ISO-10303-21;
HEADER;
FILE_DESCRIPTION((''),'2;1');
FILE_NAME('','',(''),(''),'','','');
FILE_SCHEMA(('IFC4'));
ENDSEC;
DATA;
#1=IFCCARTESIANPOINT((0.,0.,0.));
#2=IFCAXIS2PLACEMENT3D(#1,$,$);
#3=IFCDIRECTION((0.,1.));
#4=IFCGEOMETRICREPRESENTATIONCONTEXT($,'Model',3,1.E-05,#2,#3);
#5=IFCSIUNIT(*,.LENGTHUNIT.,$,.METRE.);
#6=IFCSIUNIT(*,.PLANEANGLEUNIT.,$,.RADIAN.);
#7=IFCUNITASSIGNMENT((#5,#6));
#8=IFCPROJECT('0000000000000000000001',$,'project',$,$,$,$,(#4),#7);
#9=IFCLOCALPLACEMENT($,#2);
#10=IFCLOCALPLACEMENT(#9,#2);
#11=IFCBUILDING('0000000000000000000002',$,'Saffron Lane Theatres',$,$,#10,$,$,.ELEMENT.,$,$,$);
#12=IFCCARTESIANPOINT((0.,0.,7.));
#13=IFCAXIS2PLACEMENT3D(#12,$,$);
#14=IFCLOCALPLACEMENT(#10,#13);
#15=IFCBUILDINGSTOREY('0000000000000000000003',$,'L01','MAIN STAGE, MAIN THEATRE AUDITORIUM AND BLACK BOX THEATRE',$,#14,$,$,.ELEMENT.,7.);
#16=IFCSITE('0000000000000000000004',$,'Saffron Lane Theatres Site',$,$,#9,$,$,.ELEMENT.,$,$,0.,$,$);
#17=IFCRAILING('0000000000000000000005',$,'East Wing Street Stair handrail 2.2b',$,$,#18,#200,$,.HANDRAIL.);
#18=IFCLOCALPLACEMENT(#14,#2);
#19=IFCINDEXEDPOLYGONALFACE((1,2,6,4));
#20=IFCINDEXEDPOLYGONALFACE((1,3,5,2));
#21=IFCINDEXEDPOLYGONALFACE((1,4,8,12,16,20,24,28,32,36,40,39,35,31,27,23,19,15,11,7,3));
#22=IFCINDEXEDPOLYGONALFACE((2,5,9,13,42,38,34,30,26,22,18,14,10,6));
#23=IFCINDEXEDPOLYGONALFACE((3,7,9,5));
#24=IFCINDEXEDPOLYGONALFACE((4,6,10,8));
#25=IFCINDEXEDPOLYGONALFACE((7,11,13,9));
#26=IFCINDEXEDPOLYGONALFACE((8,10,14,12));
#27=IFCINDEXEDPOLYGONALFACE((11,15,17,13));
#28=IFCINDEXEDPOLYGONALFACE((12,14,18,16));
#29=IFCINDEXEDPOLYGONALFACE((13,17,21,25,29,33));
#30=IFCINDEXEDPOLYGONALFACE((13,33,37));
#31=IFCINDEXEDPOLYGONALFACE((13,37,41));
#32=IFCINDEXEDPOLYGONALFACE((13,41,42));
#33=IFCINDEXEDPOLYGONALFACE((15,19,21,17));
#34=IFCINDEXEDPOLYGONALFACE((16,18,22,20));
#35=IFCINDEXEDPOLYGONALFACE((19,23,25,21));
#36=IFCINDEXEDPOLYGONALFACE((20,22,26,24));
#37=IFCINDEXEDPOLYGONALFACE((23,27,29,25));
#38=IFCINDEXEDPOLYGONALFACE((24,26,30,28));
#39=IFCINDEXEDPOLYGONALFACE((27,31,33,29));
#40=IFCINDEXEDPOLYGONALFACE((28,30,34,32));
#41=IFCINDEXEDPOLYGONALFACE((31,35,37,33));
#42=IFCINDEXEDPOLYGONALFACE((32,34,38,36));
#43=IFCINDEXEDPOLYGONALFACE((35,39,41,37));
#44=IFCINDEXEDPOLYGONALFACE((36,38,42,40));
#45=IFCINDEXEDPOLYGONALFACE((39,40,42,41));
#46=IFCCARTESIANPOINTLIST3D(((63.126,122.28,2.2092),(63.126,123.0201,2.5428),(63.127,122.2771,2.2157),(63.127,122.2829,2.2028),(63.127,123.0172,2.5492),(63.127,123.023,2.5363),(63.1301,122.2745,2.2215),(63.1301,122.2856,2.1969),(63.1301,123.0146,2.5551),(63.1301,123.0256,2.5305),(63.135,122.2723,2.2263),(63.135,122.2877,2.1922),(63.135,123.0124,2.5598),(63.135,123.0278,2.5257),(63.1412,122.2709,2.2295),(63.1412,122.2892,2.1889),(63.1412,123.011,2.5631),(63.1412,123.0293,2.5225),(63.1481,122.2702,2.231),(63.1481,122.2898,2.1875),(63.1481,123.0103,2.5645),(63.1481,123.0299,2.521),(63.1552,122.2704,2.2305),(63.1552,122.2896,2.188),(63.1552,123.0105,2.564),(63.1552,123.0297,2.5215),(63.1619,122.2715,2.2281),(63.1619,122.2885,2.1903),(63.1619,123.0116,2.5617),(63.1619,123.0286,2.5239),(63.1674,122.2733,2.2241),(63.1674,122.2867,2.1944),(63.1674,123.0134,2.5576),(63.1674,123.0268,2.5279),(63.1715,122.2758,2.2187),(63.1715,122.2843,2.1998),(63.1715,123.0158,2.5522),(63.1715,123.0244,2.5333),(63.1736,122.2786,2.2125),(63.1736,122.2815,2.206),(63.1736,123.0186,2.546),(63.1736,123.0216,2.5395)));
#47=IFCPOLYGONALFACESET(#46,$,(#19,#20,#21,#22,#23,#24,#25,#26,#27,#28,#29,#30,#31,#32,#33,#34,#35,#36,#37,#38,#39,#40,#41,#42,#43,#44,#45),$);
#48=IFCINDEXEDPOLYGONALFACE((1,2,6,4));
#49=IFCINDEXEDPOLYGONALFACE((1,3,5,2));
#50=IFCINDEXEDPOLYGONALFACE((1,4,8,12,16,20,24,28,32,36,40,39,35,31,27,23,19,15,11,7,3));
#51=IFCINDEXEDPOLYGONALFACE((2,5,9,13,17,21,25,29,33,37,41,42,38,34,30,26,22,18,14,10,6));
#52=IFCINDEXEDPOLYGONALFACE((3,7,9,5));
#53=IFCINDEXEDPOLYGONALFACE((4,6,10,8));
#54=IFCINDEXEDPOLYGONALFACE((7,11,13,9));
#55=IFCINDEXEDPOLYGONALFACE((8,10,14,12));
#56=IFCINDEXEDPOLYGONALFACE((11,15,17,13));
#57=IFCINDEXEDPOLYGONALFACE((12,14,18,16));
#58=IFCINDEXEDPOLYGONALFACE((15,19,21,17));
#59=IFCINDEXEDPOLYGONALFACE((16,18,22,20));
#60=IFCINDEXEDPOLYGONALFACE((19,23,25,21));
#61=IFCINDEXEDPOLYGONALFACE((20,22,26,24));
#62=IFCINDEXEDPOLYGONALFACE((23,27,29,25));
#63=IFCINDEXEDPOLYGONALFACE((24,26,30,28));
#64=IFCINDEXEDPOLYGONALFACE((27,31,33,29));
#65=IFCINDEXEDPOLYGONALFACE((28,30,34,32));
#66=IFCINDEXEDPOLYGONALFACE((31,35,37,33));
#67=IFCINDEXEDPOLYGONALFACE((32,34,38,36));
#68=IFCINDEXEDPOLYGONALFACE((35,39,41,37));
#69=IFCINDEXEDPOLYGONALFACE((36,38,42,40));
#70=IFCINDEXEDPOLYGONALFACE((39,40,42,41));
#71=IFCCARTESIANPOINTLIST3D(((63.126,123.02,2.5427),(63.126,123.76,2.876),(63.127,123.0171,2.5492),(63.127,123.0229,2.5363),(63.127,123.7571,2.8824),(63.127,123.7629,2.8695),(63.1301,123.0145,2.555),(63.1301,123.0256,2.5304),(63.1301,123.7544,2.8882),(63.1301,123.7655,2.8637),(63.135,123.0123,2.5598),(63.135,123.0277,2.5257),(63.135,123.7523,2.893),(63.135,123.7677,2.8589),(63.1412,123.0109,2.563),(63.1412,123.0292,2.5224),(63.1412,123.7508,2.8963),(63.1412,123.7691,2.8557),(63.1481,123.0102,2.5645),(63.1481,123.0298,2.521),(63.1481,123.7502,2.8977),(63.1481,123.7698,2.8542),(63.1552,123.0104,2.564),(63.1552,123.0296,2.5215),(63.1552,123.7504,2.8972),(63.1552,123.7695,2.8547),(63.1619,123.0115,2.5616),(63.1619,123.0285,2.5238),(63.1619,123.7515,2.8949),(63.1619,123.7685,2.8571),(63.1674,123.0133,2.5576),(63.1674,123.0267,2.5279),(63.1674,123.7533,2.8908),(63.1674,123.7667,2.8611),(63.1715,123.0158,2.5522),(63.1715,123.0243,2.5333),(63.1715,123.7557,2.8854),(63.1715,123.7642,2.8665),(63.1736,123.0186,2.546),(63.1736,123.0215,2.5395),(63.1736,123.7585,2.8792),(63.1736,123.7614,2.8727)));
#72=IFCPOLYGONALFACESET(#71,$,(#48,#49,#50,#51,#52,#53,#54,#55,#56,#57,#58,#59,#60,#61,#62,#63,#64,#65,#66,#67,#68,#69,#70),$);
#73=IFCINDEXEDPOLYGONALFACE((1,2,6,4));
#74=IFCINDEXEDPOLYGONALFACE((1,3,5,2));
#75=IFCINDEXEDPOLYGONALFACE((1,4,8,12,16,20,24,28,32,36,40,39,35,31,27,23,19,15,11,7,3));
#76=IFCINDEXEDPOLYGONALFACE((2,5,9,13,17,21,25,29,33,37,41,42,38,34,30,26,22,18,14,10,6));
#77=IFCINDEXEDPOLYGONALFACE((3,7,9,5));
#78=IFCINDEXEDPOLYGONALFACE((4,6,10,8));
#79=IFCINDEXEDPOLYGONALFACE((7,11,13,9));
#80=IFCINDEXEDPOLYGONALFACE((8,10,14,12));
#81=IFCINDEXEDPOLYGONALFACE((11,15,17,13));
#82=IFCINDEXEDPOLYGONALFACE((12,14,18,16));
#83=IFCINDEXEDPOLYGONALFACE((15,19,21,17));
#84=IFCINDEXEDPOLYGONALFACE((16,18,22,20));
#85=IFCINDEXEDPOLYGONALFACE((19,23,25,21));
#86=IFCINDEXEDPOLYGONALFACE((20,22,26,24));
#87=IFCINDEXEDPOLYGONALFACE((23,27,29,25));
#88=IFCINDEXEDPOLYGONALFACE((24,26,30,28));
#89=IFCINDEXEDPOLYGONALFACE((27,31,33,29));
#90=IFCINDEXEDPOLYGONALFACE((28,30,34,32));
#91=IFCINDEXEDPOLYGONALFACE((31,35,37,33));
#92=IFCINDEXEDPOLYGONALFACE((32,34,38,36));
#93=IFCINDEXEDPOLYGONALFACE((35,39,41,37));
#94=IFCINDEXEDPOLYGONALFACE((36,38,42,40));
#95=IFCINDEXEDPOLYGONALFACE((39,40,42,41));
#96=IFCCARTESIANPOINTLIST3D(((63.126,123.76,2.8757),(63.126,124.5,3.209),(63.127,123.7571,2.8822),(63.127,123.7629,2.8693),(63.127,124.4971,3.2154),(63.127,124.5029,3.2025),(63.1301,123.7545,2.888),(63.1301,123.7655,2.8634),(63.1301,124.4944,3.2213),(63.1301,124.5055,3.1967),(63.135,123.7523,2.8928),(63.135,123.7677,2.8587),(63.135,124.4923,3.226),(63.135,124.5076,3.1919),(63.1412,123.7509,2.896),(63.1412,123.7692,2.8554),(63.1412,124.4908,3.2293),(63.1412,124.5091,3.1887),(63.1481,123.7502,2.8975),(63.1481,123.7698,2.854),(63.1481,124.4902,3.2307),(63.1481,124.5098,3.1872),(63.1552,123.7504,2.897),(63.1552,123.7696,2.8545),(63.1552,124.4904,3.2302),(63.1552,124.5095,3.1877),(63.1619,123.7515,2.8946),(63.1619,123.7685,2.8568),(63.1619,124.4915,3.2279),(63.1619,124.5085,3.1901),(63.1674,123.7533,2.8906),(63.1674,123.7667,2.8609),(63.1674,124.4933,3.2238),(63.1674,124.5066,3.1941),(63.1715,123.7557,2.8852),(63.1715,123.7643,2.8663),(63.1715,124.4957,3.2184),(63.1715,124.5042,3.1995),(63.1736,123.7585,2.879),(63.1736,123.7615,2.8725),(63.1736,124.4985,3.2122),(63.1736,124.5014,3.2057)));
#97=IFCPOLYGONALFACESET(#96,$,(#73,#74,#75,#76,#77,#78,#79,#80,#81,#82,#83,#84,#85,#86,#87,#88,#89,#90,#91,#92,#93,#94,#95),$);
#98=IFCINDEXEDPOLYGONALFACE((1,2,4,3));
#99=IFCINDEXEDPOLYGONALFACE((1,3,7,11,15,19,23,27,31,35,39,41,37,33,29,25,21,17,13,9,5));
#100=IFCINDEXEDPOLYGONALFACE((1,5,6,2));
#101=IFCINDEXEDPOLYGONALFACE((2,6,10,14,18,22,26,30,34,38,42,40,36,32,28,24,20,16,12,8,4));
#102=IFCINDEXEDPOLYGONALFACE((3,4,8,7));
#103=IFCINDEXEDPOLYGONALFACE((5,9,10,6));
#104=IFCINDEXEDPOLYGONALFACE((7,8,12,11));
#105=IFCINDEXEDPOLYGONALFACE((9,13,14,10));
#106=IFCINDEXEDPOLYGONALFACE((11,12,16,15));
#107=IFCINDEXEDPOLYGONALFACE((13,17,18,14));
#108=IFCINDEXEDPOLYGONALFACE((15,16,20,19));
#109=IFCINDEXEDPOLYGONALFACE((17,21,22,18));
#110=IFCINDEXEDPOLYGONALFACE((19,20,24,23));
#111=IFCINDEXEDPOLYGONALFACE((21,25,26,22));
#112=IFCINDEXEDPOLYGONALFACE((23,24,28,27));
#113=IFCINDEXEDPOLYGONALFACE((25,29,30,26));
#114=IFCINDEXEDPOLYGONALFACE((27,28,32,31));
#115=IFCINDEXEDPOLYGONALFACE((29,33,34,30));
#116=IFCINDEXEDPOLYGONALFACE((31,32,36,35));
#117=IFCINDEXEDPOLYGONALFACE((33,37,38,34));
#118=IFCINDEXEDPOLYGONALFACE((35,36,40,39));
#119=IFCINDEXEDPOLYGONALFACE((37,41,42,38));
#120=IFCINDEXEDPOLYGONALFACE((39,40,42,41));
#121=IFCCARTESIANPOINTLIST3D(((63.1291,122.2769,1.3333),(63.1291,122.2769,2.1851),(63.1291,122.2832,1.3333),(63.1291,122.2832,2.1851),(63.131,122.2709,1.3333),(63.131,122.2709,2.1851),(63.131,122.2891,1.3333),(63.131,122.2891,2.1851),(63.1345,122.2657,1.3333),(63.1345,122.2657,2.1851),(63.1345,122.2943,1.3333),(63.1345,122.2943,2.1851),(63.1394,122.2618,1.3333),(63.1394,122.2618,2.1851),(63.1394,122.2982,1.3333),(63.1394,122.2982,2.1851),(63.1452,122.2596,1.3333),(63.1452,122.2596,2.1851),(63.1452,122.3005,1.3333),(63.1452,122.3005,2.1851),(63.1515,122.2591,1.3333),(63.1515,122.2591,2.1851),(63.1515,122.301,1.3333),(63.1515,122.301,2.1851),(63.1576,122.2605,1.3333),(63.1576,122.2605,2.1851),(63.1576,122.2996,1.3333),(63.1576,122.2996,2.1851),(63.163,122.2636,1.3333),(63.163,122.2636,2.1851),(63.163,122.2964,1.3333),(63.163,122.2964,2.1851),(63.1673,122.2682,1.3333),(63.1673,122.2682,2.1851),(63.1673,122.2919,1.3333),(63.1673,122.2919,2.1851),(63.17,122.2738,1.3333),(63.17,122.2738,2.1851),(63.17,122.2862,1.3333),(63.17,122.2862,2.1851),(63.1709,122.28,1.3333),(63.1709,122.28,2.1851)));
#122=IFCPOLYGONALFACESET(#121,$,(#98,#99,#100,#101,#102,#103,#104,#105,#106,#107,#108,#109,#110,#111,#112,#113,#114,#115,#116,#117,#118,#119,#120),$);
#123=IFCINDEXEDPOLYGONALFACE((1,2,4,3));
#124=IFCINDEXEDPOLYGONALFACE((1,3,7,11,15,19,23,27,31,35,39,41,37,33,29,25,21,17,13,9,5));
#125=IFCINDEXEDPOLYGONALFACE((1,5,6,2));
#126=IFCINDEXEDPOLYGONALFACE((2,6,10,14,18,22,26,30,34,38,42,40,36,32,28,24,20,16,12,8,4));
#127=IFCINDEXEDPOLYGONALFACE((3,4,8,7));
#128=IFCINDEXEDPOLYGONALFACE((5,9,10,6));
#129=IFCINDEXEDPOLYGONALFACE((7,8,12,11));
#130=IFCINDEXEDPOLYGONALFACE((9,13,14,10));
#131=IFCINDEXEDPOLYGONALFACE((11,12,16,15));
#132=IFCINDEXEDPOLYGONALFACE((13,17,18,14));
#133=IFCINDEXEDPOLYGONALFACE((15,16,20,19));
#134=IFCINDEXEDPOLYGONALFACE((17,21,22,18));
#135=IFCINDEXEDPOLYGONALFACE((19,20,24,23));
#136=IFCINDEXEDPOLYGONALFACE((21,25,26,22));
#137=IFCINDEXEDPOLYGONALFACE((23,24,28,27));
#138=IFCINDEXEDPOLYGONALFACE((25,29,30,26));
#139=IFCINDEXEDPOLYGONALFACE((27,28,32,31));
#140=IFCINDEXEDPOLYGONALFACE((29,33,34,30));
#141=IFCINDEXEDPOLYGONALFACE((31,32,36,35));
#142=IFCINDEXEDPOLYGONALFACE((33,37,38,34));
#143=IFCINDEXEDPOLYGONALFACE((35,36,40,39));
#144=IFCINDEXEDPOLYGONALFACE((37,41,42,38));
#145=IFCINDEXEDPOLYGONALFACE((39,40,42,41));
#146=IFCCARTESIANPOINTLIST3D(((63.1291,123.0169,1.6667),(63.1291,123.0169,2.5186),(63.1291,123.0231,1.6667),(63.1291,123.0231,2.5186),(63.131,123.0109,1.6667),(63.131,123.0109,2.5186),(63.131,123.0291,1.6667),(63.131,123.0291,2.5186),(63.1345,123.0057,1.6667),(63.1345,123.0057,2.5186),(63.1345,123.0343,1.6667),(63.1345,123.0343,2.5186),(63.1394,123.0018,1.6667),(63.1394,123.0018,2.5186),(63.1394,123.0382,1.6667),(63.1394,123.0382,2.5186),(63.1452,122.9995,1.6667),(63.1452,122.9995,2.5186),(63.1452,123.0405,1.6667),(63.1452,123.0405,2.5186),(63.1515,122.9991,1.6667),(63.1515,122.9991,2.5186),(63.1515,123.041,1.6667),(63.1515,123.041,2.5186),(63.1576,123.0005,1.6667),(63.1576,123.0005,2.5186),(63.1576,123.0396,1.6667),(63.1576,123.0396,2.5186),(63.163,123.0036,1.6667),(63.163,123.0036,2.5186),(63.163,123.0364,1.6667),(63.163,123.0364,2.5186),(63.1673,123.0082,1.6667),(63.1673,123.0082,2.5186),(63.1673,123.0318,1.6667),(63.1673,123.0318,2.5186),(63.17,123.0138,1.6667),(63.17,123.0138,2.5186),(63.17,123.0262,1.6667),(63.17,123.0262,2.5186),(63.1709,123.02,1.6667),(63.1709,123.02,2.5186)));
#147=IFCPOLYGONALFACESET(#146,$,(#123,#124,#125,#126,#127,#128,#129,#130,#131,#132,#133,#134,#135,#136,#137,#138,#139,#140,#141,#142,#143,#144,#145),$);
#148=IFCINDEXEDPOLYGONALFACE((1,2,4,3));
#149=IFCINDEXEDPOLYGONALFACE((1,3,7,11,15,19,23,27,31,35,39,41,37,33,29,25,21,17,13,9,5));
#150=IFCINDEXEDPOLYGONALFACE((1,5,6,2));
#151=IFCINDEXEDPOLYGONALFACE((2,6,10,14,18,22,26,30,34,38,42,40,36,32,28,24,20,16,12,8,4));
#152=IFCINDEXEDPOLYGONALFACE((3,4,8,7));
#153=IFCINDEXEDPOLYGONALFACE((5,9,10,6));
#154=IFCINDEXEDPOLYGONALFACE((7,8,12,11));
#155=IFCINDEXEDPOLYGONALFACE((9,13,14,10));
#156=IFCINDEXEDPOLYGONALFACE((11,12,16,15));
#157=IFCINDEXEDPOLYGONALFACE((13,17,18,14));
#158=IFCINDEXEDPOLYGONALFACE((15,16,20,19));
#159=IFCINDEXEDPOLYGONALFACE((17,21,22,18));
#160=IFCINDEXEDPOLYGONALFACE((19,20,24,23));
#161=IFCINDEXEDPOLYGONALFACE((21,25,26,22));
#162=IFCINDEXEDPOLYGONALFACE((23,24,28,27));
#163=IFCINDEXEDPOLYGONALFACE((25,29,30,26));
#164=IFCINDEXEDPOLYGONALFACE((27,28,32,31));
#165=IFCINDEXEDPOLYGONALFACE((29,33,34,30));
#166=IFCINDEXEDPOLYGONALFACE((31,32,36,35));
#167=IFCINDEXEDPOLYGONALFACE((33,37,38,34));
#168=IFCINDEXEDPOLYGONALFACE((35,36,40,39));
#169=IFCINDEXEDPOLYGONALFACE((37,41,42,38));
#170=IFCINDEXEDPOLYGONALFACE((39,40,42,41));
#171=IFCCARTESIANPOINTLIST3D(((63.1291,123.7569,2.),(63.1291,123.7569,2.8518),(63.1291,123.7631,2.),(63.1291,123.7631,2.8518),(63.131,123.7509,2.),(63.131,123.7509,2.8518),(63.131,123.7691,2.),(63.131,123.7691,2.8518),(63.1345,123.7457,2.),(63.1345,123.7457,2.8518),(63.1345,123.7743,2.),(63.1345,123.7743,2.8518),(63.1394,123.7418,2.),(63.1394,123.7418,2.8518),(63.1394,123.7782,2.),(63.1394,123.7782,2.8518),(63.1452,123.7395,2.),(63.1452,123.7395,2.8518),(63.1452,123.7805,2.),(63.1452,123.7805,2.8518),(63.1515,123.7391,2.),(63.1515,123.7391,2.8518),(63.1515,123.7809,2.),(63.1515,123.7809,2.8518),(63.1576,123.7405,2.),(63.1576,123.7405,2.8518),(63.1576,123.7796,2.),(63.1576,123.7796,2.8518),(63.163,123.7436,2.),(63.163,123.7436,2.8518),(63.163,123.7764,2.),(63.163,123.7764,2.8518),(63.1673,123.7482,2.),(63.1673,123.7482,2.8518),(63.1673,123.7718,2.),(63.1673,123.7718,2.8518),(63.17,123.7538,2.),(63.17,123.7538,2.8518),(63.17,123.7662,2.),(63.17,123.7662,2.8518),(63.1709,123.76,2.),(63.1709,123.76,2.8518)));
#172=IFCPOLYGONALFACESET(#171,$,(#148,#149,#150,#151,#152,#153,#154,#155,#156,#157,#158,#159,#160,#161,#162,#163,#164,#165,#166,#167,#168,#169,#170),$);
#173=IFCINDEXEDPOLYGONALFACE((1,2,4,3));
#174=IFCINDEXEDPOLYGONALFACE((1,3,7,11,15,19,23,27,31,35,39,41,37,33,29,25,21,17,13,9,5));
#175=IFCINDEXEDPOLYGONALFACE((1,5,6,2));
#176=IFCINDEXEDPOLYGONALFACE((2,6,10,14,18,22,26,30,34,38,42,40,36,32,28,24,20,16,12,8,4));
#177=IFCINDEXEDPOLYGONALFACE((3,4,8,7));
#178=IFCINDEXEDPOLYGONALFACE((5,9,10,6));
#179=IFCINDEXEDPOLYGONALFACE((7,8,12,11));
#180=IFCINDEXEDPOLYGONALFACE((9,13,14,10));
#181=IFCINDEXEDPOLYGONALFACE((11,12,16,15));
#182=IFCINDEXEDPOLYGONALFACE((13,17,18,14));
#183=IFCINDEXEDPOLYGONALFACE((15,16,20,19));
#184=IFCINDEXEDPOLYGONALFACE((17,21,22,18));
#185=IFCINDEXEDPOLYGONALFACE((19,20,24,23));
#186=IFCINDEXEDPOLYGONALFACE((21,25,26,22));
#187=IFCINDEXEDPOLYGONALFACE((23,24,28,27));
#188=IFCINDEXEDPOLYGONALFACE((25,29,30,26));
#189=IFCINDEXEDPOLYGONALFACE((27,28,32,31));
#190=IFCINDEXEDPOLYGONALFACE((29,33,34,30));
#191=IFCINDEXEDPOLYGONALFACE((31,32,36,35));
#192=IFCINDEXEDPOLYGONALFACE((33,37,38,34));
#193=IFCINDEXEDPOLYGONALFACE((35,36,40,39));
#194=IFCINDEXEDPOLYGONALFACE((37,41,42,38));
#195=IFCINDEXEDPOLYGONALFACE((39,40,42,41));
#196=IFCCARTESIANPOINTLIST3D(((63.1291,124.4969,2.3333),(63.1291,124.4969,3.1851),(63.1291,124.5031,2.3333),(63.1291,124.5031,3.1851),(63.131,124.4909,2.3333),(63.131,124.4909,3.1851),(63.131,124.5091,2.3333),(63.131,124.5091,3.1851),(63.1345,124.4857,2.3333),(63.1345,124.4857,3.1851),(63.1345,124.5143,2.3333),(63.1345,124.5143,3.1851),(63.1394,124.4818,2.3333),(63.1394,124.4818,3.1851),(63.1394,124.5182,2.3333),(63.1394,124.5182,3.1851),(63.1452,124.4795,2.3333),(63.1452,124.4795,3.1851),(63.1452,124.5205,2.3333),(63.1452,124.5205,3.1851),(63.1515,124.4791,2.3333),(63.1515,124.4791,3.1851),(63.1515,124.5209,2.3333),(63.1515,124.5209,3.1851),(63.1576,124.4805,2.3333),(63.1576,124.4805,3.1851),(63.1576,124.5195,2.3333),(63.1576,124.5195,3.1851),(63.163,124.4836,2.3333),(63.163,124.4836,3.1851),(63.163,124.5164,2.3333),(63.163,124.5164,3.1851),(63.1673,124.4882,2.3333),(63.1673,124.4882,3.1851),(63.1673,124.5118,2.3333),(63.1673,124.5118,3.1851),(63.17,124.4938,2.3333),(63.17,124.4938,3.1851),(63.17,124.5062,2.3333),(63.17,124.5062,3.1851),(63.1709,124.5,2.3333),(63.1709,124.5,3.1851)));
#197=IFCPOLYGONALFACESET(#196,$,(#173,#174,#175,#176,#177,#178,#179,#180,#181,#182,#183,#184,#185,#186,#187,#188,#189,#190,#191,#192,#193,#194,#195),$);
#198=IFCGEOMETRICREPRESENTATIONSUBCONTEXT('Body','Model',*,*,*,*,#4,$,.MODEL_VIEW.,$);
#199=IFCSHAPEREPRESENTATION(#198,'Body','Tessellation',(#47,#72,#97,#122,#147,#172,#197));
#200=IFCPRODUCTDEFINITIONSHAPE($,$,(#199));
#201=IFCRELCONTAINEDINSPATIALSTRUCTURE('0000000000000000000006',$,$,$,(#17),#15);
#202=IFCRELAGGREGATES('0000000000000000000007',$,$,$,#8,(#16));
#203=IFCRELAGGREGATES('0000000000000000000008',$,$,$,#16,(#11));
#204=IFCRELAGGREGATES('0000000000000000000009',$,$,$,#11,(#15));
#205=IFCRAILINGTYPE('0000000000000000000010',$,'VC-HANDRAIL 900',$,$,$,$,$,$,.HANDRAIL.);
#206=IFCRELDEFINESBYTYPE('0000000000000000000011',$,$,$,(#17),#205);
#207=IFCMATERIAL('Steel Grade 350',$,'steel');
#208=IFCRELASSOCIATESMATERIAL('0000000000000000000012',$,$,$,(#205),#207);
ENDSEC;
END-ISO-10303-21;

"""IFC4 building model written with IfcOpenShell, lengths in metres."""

from ifc_helpers import new_model, si_unit, direction, frame, origin, origin_2d, place, context, subcontext, project, spatial, circle, extrude, material, type_object, element, save


model = new_model("IFC4")

# Units and contexts
model_context = context("Model", 3, precision=1e-05, world=origin(), true_north=direction((0.0, 1.0)))
body_context = subcontext(model_context, "Body", "Model", "MODEL_VIEW")
ifc_project = project(units=[si_unit("LENGTHUNIT", "METRE"), si_unit("PLANEANGLEUNIT", "RADIAN")], contexts=[model_context])

# Site, building, storey
site_placement = place(None, origin())
site = spatial("IfcSite", under=ifc_project, at=site_placement, Name="Saffron Lane Theatres Site", CompositionType="ELEMENT", RefElevation=0.0)
building_placement = place(site_placement, origin())
building = spatial("IfcBuilding", under=site, at=building_placement, Name="Saffron Lane Theatres", CompositionType="ELEMENT")
storey_placement = place(building_placement, frame((0.0, 0.0, 7.0)))
storey = spatial("IfcBuildingStorey", under=building, at=storey_placement, Name="L01", Description="MAIN STAGE, MAIN THEATRE AUDITORIUM AND BLACK BOX THEATRE", CompositionType="ELEMENT", Elevation=7.0)

# Railing
ifc_material_1 = material(Name="Steel Grade 350", Category="steel")
railing_type_1 = type_object("IfcRailingType", Name="VC-HANDRAIL 900", PredefinedType="HANDRAIL", material=ifc_material_1)
for number, where, name in (
    (1, (63.1499, 122.28, 1.3333), "East Wing Street Stair handrail 2.2b"),
):
    element("IfcRailing", number, at=place(storey_placement, frame(where)), inside=storey, type_object=railing_type_1, Name=name, PredefinedType="HANDRAIL", context=body_context, shape_type="SweptSolid", body=[
        extrude(circle(Radius=0.0239, at=origin_2d()), frame((0.0, 0.0, 0.876), z_axis=(0.0, 0.911691, 0.410877), x_axis=(-1.0, 0.0, 0.0)), (0.0, 0.0, 1.0), 0.8118),
        extrude(circle(Radius=0.0239, at=origin_2d()), frame((0.0, 0.74, 1.2095), z_axis=(0.0, 0.911803, 0.410627), x_axis=(-1.0, 0.0, 0.0)), (0.0, 0.0, 1.0), 0.8115),
        extrude(circle(Radius=0.0239, at=origin_2d()), frame((0.0, 1.48, 1.5425), z_axis=(0.0, 0.911803, 0.410627), x_axis=(-1.0, 0.0, 0.0)), (0.0, 0.0, 1.0), 0.8115),
        extrude(circle(Radius=0.021, at=origin_2d()), origin(), (0.0, 0.0, 1.0), 0.8518),
        extrude(circle(Radius=0.021, at=origin_2d()), frame((0.0, 0.74, 0.3335)), (0.0, 0.0, 1.0), 0.8518),
        extrude(circle(Radius=0.021, at=origin_2d()), frame((0.0, 1.48, 0.6667)), (0.0, 0.0, 1.0), 0.8518),
        extrude(circle(Radius=0.021, at=origin_2d()), frame((0.0, 2.22, 1.0)), (0.0, 0.0, 1.0), 0.8518),
    ])

save(model, "model.ifc")
